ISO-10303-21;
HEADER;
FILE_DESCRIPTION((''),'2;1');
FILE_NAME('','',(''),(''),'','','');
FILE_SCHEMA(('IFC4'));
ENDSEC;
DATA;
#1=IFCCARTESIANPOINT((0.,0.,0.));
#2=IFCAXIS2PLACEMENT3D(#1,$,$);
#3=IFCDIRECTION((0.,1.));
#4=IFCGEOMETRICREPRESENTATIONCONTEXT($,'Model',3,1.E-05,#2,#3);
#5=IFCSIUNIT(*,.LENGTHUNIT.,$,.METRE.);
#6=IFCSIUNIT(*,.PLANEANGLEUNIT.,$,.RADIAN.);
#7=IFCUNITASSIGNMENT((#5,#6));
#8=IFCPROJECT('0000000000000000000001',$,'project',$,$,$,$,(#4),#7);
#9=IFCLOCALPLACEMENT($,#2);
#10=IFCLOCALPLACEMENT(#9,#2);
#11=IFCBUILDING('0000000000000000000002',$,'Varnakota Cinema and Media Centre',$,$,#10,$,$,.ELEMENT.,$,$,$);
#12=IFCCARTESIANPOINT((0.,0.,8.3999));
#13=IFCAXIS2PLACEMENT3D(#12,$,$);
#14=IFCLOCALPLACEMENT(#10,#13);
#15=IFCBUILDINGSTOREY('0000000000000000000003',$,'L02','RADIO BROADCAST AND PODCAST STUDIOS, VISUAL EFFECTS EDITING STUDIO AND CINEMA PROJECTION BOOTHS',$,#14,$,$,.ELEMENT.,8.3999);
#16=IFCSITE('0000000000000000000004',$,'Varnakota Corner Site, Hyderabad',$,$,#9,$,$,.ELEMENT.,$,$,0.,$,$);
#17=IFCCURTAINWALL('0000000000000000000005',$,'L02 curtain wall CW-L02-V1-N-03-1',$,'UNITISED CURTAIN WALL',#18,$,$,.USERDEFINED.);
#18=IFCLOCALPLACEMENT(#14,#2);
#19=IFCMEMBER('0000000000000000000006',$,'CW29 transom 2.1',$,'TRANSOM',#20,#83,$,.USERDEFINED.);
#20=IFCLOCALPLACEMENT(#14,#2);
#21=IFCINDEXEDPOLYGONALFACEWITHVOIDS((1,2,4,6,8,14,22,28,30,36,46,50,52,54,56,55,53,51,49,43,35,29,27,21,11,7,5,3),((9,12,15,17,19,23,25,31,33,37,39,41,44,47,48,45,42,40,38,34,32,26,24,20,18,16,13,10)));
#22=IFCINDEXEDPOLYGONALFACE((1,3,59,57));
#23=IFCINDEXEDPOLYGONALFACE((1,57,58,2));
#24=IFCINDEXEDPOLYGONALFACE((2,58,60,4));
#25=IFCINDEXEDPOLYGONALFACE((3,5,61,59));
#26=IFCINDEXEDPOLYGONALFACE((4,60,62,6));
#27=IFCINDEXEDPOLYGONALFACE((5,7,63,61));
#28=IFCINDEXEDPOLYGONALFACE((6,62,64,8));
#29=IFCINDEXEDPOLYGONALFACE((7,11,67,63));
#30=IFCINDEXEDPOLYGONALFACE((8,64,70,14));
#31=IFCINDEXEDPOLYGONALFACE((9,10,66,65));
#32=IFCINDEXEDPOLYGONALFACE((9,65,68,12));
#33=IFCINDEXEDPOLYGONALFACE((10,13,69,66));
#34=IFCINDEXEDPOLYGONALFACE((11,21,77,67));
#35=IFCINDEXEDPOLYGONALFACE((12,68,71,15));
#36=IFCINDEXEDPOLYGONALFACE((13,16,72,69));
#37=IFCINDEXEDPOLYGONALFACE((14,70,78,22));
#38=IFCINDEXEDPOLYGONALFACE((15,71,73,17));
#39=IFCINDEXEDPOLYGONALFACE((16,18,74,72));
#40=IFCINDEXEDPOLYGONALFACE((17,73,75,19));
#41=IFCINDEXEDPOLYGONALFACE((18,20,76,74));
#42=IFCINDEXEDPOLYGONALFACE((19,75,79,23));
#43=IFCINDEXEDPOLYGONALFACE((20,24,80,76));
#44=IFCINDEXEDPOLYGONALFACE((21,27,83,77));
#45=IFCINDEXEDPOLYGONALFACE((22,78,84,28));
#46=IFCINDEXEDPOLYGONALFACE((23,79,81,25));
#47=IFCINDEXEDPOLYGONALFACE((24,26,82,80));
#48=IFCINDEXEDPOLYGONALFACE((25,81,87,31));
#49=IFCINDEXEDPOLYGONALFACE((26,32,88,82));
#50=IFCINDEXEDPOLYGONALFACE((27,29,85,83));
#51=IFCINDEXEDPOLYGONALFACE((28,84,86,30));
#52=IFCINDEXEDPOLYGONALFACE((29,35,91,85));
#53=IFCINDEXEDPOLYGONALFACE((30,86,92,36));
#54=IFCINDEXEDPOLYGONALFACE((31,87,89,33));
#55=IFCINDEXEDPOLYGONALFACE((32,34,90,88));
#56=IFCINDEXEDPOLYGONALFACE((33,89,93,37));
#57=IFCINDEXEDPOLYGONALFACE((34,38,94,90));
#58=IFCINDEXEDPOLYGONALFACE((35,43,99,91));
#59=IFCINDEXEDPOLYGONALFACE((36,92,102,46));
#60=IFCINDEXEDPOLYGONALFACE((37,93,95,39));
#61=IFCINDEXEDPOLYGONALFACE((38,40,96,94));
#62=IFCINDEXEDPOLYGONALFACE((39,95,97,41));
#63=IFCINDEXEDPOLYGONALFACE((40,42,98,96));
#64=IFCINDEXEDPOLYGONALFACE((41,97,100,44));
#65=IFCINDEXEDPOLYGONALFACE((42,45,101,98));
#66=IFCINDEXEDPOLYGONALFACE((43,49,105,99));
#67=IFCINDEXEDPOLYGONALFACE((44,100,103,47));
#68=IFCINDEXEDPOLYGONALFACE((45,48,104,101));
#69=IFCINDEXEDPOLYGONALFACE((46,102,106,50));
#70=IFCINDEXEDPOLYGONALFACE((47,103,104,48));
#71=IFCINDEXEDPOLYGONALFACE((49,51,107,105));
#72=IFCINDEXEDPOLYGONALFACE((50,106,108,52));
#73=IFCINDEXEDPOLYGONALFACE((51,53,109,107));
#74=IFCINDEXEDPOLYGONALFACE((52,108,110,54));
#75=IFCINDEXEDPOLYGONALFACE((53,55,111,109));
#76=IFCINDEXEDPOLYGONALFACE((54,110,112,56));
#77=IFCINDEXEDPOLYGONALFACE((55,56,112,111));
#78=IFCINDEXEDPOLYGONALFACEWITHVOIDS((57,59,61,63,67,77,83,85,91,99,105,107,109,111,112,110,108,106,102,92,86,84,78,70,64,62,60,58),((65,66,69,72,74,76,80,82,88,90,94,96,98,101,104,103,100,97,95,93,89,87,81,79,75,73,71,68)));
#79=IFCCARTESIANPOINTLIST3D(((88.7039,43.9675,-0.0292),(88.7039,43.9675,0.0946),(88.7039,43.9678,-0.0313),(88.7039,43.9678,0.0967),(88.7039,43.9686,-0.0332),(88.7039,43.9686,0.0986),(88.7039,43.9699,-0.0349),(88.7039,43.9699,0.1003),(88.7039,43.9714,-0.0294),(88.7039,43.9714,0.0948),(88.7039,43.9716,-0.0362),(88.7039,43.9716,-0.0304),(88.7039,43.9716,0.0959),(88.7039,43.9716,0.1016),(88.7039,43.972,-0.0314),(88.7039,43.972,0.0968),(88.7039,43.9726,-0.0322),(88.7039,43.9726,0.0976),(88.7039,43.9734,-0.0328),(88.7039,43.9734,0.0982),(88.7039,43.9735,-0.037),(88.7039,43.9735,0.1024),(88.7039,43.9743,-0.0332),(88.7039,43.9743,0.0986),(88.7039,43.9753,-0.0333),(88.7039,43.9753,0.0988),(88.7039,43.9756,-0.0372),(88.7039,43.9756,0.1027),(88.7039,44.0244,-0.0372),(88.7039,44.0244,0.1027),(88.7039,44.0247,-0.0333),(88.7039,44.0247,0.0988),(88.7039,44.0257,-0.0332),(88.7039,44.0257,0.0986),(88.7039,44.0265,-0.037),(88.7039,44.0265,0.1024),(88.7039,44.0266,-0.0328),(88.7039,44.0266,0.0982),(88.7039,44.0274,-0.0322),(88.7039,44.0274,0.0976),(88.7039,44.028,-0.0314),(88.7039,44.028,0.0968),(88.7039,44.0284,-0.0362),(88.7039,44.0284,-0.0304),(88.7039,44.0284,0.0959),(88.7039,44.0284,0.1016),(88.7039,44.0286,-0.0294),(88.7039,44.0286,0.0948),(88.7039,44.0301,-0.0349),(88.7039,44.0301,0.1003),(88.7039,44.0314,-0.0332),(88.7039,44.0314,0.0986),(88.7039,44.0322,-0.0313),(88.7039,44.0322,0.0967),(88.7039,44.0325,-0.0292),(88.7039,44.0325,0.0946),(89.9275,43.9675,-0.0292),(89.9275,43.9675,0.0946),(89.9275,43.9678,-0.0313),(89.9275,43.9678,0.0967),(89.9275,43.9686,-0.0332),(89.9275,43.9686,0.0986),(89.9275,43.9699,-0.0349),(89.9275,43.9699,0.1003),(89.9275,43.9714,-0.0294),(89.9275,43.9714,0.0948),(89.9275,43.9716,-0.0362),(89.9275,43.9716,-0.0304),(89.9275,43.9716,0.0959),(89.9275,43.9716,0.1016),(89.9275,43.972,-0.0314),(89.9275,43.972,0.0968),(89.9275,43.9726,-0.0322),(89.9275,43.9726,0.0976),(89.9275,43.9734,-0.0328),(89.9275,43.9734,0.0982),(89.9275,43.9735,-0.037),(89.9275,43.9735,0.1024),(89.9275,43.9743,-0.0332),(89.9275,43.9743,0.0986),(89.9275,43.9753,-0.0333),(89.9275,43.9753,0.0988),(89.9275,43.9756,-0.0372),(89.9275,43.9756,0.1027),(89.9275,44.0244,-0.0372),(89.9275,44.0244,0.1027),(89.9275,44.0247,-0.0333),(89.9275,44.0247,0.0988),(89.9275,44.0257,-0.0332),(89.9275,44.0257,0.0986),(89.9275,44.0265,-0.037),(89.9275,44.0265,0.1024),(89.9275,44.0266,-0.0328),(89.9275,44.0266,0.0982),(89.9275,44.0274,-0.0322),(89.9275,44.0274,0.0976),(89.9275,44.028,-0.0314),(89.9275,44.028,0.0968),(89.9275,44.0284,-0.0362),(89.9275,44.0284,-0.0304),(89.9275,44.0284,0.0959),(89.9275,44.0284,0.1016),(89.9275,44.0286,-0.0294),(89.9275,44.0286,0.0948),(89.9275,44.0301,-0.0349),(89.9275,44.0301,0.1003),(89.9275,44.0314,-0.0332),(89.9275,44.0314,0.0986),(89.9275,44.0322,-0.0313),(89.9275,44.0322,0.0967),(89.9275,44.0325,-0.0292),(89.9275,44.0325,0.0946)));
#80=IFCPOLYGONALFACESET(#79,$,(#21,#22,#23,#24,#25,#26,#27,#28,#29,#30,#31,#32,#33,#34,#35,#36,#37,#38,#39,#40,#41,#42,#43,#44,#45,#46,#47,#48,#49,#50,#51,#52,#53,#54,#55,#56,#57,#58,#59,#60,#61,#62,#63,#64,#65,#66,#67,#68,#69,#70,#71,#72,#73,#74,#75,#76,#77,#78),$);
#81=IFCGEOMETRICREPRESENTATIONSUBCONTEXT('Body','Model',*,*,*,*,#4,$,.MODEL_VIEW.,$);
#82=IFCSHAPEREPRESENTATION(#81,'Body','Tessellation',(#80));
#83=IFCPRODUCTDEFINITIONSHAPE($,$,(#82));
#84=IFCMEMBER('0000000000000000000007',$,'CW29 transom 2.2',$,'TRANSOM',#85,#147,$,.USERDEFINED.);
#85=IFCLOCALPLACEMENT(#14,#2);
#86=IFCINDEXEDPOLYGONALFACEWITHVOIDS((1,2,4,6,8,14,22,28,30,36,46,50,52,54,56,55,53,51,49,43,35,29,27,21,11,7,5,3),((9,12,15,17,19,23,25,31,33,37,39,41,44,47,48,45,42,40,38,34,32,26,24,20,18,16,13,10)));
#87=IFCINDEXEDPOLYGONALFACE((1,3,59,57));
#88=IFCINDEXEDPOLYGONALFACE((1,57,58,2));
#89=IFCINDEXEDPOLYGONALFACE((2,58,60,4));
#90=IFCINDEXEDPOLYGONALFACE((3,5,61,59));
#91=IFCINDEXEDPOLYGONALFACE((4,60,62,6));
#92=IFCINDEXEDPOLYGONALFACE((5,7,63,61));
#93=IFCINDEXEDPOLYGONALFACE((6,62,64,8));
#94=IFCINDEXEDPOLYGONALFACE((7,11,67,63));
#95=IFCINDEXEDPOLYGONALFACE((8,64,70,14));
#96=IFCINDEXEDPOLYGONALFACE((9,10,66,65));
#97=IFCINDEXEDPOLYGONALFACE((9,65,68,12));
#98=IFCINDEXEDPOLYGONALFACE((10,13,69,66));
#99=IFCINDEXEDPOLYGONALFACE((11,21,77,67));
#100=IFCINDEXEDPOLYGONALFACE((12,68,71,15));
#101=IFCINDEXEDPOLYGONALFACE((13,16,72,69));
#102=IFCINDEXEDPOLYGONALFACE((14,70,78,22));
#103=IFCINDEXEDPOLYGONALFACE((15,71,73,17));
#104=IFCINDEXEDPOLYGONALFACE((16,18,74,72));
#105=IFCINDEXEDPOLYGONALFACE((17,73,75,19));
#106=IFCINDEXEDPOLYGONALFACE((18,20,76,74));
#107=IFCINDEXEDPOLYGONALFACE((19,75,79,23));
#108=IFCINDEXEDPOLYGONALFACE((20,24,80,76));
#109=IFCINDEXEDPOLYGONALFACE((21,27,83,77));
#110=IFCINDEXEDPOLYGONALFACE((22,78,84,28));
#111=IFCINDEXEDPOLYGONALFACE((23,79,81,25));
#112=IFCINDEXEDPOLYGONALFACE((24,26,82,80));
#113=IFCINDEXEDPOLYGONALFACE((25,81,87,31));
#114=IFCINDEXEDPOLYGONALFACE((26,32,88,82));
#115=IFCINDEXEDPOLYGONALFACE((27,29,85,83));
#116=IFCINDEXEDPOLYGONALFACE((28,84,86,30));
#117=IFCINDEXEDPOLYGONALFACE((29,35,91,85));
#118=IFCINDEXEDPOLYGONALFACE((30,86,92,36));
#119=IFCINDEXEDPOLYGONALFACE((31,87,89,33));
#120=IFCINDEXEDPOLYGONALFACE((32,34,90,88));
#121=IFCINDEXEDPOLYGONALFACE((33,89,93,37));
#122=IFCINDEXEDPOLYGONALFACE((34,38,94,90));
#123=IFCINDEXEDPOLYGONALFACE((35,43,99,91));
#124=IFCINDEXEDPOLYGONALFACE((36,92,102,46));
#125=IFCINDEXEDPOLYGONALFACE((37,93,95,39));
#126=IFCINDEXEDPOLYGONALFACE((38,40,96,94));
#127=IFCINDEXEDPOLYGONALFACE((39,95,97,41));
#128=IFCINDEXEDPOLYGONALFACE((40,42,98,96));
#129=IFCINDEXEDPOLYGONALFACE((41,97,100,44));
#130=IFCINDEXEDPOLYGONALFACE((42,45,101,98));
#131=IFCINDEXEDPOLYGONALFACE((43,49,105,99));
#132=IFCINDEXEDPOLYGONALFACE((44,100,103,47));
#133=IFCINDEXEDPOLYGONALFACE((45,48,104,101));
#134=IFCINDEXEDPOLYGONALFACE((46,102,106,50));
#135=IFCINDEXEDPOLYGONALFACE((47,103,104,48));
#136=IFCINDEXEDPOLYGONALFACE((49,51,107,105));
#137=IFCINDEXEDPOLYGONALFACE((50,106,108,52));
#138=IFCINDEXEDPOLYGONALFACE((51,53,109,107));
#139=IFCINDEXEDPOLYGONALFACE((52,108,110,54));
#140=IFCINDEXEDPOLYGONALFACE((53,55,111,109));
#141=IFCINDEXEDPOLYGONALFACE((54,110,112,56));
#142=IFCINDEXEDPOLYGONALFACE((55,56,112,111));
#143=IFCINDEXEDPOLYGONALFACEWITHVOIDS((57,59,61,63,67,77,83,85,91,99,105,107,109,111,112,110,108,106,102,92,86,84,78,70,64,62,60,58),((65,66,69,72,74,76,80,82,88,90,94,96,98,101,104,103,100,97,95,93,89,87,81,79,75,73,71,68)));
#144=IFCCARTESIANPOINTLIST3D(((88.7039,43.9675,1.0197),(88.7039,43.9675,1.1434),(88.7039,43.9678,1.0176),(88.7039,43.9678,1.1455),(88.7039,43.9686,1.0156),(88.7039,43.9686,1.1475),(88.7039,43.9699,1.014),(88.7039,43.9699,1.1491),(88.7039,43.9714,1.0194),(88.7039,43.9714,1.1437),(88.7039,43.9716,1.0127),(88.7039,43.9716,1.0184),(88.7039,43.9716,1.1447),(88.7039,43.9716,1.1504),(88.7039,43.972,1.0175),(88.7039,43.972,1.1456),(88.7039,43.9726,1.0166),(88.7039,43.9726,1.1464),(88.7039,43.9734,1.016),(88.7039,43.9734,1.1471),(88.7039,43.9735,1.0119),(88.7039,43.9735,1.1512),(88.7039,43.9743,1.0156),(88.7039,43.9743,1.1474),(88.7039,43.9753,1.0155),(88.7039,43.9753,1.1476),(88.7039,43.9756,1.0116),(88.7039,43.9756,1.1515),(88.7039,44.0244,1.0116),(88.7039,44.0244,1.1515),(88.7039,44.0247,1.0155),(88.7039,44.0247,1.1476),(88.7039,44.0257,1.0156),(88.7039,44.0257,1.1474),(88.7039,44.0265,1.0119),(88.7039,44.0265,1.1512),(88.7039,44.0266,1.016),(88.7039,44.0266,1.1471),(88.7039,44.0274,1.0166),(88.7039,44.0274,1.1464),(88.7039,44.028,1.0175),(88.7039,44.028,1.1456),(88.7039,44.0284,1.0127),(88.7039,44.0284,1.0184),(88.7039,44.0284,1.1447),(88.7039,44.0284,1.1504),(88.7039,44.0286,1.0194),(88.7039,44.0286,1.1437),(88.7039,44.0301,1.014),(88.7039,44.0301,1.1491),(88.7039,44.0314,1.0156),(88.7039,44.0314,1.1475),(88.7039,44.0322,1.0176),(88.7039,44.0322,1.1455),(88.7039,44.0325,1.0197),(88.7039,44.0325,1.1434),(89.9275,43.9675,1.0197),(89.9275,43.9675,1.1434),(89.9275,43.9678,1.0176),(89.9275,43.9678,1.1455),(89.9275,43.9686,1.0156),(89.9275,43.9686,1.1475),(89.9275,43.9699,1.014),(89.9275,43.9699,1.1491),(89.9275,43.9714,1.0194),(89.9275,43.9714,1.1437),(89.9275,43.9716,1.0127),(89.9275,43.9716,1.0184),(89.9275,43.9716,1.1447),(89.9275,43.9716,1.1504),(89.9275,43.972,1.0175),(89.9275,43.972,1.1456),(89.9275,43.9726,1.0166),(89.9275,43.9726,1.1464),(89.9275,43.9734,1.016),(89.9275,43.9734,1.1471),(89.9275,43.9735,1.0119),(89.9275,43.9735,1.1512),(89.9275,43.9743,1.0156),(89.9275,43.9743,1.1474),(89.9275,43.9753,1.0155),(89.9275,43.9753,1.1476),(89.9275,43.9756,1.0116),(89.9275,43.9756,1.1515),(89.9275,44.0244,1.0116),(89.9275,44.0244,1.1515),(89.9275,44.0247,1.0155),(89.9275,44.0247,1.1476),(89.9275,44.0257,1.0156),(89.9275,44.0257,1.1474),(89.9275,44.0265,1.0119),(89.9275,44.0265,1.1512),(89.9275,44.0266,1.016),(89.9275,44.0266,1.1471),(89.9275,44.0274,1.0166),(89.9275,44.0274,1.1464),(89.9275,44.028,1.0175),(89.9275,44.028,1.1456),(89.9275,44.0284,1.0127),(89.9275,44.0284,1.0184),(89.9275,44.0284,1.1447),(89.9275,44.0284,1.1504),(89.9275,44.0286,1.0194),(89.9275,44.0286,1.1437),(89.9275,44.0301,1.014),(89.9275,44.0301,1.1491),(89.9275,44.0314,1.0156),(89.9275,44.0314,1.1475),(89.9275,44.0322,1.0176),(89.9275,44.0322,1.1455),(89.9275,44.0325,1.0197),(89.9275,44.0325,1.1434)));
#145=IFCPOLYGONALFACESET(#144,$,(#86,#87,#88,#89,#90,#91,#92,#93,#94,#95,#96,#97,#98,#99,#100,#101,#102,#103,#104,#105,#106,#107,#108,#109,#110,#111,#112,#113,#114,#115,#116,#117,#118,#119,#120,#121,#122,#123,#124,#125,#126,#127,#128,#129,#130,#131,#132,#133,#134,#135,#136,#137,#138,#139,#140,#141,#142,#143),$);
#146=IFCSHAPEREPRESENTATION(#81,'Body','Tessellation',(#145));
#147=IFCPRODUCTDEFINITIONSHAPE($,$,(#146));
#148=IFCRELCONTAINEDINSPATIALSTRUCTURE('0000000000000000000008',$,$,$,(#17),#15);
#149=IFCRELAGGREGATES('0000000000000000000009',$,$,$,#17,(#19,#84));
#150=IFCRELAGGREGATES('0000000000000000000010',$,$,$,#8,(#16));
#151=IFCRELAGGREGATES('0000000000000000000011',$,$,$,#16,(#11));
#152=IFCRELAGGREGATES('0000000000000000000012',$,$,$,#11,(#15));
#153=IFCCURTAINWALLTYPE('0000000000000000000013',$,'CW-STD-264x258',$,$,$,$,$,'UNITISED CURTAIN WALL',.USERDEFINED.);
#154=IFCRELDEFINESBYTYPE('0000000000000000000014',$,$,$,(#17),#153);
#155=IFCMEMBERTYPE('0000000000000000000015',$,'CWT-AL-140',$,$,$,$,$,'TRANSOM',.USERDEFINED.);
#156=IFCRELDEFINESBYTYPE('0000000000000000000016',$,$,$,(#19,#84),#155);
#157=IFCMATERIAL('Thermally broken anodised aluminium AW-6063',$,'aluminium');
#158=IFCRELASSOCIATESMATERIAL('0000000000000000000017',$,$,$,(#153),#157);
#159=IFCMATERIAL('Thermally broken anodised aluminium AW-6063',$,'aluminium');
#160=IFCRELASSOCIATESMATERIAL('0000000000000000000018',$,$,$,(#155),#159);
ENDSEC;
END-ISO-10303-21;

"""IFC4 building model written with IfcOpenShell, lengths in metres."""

from ifc_helpers import new_model, si_unit, direction, frame, origin, origin_2d, place, context, subcontext, project, spatial, hollow_rectangle, extrude, material, material_profile, profile_set, type_object, element, aggregate, save


model = new_model("IFC4")

# Units and contexts
model_context = context("Model", 3, precision=1e-05, world=origin(), true_north=direction((0.0, 1.0)))
body_context = subcontext(model_context, "Body", "Model", "MODEL_VIEW")
ifc_project = project(units=[si_unit("LENGTHUNIT", "METRE"), si_unit("PLANEANGLEUNIT", "RADIAN")], contexts=[model_context])

# Site, building, storey
site_placement = place(None, origin())
site = spatial("IfcSite", under=ifc_project, at=site_placement, Name="Varnakota Corner Site, Hyderabad", CompositionType="ELEMENT", RefElevation=0.0)
building_placement = place(site_placement, origin())
building = spatial("IfcBuilding", under=site, at=building_placement, Name="Varnakota Cinema and Media Centre", CompositionType="ELEMENT")
storey_placement = place(building_placement, frame((0.0, 0.0, 8.3999)))
storey = spatial("IfcBuildingStorey", under=building, at=storey_placement, Name="L02", Description="RADIO BROADCAST AND PODCAST STUDIOS, VISUAL EFFECTS EDITING STUDIO AND CINEMA PROJECTION BOOTHS", CompositionType="ELEMENT", Elevation=8.3999)

# Shared definitions
ifc_material_1 = material(Name="Thermally broken anodised aluminium AW-6063", Category="aluminium")
curtain_wall_type = type_object("IfcCurtainWallType", Name="CW-STD-264x258", ElementType="UNITISED CURTAIN WALL", PredefinedType="USERDEFINED", material=ifc_material_1)

# Curtain wall
curtain_wall_1_placement = place(storey_placement, origin())
curtain_wall_1 = element("IfcCurtainWall", 1, at=curtain_wall_1_placement, inside=storey, type_object=curtain_wall_type, Name="L02 curtain wall CW-L02-V1-N-03-1", ObjectType="UNITISED CURTAIN WALL", PredefinedType="USERDEFINED")

# Members
ifc_material_2 = material(Name="Thermally broken anodised aluminium AW-6063", Category="aluminium")
ifc_material_profile_1 = material_profile(ifc_material_2, hollow_rectangle(XDim=0.0649, YDim=0.1399, WallThickness=0.0039, InnerFilletRadius=0.0039, OuterFilletRadius=0.0081, at=origin_2d()), Name="AL-TRANSOM 140x65x4")
ifc_profile_set_1 = profile_set([ifc_material_profile_1], Name="Thermally broken anodised aluminium AW-6063")
member_type_1 = type_object("IfcMemberType", Name="CWT-AL-140", ElementType="TRANSOM", PredefinedType="USERDEFINED", material=ifc_profile_set_1)
member_1_placement = place(storey_placement, frame((88.7039, 44.0, 0.0327), z_axis=(1.0, 0.0, 0.0), x_axis=(0.0, 1.0, 0.0)))
member_1 = element("IfcMember", 2, at=member_1_placement, type_object=member_type_1, Name="CW29 transom 2.1", ObjectType="TRANSOM", PredefinedType="USERDEFINED", context=body_context, shape_type="SweptSolid", body=[
    extrude(hollow_rectangle(XDim=0.0649, YDim=0.1399, WallThickness=0.0039, InnerFilletRadius=0.0039, OuterFilletRadius=0.0081, at=origin_2d()), origin(), (0.0, 0.0, 1.0), 1.2236),
])
member_2_placement = place(storey_placement, frame((88.7039, 44.0, 1.0815), z_axis=(1.0, 0.0, 0.0), x_axis=(0.0, 1.0, 0.0)))
member_2 = element("IfcMember", 3, at=member_2_placement, type_object=member_type_1, Name="CW29 transom 2.2", ObjectType="TRANSOM", PredefinedType="USERDEFINED", context=body_context, shape_type="SweptSolid", body=[
    extrude(hollow_rectangle(XDim=0.0649, YDim=0.1399, WallThickness=0.0039, InnerFilletRadius=0.0039, OuterFilletRadius=0.0081, at=origin_2d()), origin(), (0.0, 0.0, 1.0), 1.2236),
])

aggregate(curtain_wall_1, [member_1, member_2])

save(model, "model.ifc")
